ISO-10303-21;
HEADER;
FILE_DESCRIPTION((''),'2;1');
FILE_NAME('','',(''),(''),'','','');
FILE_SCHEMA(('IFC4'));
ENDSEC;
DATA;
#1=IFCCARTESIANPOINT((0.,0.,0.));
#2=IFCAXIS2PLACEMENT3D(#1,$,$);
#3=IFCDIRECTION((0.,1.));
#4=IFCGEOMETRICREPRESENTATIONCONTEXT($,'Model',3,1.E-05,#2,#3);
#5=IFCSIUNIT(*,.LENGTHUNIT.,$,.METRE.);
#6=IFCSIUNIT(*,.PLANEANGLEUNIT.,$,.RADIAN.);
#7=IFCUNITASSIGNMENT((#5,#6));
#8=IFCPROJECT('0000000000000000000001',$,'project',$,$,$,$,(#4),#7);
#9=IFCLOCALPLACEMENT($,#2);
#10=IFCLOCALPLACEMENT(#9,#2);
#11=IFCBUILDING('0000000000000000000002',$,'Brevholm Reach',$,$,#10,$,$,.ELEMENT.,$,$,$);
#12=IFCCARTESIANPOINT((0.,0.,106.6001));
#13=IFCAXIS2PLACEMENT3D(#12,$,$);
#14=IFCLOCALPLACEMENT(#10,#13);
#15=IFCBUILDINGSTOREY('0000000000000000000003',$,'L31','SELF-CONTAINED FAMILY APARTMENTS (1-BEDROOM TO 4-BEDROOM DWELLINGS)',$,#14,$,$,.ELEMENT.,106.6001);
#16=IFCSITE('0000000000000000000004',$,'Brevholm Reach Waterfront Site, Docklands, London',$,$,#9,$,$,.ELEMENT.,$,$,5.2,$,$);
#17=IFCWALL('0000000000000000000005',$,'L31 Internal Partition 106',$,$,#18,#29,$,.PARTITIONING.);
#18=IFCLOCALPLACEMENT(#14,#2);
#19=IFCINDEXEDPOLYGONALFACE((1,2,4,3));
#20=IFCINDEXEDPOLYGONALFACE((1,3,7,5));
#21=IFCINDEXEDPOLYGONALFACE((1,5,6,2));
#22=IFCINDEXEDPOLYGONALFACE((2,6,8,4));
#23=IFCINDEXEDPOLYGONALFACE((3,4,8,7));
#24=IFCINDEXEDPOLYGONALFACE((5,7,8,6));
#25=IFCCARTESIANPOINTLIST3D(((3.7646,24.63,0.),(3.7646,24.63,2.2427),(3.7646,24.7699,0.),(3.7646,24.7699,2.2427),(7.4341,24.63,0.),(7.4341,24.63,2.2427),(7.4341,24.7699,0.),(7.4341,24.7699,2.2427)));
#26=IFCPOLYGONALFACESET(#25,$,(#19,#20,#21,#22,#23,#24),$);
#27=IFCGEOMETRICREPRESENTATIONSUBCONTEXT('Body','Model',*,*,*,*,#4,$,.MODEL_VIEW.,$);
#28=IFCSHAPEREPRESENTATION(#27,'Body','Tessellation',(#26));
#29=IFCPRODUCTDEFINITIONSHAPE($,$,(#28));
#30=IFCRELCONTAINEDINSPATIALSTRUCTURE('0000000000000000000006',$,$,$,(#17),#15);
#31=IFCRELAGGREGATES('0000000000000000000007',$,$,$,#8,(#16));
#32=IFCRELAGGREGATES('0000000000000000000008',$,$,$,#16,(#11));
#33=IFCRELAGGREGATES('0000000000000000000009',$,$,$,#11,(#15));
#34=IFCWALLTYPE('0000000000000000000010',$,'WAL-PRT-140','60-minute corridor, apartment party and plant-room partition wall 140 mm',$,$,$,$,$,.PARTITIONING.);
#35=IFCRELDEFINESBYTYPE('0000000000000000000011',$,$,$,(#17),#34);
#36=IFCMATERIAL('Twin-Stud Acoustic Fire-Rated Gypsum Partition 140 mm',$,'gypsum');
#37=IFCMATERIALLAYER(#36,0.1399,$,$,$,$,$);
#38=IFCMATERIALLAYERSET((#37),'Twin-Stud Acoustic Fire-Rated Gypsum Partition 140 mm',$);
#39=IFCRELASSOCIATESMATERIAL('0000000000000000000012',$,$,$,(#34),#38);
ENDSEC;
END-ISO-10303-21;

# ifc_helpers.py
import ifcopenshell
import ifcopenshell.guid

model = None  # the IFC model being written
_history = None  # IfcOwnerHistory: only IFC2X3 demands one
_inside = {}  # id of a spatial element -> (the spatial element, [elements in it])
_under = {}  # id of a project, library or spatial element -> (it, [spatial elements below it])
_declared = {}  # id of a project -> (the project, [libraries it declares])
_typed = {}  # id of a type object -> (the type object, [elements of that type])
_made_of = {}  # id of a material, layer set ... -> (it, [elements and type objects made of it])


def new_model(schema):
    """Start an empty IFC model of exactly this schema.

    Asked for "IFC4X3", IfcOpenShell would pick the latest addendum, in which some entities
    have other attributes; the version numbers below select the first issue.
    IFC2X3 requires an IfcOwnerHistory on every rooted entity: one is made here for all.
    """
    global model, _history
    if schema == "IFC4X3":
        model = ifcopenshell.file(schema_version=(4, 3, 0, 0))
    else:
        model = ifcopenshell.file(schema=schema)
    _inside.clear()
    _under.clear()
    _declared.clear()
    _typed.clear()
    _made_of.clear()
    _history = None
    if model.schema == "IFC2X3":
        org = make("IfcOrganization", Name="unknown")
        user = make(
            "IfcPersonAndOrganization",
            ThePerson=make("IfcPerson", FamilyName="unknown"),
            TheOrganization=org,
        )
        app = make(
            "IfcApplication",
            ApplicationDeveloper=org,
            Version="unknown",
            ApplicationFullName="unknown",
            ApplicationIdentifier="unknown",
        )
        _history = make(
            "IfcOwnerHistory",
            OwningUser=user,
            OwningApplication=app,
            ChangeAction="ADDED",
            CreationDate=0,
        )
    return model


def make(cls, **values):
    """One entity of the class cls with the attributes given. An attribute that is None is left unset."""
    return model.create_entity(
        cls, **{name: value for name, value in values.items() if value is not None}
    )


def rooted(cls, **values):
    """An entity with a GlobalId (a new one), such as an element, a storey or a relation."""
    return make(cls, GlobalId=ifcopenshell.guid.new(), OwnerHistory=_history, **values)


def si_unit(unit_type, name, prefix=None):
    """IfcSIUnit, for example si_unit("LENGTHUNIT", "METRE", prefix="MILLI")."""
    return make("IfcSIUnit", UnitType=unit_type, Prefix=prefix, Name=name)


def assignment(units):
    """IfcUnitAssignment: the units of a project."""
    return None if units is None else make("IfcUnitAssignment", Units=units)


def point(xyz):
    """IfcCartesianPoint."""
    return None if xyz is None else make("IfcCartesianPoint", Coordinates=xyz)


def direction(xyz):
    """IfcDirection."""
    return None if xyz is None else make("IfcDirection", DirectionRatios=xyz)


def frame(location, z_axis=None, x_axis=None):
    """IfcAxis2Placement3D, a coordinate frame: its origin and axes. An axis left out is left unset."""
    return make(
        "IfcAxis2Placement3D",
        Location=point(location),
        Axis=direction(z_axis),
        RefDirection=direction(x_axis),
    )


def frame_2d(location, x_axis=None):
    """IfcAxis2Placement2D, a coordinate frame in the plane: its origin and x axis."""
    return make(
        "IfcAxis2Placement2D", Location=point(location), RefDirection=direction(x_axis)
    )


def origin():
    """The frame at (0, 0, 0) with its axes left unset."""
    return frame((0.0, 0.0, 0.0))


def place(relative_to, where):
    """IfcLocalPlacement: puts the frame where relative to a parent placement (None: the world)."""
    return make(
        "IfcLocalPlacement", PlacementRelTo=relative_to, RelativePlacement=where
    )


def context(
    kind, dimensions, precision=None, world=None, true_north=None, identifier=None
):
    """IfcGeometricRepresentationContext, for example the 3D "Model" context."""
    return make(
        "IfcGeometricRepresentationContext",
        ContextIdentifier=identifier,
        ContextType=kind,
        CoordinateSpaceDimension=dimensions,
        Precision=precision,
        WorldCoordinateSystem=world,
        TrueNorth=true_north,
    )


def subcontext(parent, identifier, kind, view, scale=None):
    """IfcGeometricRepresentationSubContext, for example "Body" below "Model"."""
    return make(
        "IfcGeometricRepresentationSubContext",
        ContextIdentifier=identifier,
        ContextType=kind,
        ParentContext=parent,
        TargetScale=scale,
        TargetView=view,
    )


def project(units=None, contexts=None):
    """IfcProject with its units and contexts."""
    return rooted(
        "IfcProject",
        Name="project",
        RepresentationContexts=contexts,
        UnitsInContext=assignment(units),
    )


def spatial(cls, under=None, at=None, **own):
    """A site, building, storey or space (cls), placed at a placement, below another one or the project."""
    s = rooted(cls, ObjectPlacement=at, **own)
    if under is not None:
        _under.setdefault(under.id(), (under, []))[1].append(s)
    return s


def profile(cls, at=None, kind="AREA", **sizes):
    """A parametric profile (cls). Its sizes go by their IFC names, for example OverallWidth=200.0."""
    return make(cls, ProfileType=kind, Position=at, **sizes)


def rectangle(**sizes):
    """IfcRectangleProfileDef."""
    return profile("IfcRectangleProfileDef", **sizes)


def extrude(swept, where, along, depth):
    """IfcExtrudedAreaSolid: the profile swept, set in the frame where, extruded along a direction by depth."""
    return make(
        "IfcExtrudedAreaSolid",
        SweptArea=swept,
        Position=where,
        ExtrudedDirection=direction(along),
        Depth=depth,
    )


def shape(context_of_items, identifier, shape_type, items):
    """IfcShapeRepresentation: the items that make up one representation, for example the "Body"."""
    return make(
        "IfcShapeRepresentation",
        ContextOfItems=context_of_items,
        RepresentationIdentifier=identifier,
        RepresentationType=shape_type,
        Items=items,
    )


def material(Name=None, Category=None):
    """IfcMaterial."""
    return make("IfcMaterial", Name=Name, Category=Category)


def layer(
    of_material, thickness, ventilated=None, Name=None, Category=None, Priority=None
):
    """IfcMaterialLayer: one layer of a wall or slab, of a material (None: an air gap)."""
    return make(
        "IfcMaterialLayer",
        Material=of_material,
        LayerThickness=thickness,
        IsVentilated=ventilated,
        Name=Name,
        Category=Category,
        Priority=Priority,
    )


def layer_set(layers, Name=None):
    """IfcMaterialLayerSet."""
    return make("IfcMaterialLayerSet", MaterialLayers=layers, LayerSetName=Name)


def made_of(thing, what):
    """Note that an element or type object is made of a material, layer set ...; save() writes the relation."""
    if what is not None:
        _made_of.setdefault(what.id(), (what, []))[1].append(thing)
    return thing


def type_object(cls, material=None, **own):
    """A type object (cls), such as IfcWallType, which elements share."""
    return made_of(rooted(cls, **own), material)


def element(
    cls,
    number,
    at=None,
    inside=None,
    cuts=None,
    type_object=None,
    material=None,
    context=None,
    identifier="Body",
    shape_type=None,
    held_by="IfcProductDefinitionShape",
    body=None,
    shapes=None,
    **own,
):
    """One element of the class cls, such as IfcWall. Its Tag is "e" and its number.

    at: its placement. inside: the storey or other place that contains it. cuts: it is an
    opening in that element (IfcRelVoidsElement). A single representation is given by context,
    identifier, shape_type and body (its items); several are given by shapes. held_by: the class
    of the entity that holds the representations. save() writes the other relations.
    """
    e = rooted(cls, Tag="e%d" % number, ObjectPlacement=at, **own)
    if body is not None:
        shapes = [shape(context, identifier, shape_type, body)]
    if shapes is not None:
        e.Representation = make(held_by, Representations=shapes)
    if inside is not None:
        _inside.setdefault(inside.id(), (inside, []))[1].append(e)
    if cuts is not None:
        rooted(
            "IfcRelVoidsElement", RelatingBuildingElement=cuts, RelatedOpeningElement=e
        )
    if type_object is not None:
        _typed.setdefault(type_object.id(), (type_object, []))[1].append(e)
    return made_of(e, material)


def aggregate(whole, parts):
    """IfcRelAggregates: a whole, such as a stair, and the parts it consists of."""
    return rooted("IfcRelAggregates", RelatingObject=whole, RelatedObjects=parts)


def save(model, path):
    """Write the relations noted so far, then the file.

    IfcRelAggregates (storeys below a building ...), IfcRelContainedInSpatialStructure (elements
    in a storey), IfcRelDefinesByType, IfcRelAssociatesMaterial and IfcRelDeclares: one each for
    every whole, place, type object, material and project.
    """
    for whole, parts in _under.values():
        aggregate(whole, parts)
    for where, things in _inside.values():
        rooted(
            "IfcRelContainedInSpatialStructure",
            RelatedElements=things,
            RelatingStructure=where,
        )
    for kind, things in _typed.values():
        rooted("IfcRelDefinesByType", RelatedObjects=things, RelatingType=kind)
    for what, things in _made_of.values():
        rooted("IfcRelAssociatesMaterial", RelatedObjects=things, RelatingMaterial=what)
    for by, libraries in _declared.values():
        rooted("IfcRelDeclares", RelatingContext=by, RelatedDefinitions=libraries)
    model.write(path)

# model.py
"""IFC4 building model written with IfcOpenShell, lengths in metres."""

from ifc_helpers import new_model, si_unit, direction, frame, frame_2d, origin, place, context, subcontext, project, spatial, rectangle, extrude, material, layer, layer_set, type_object, element, save


model = new_model("IFC4")

# Units and contexts
model_context = context("Model", 3, precision=1e-05, world=origin(), true_north=direction((0.0, 1.0)))
body_context = subcontext(model_context, "Body", "Model", "MODEL_VIEW")
ifc_project = project(units=[si_unit("LENGTHUNIT", "METRE"), si_unit("PLANEANGLEUNIT", "RADIAN")], contexts=[model_context])

# Site, building, storey
site_placement = place(None, origin())
site = spatial("IfcSite", under=ifc_project, at=site_placement, Name="Brevholm Reach Waterfront Site, Docklands, London", CompositionType="ELEMENT", RefElevation=5.2)
building_placement = place(site_placement, origin())
building = spatial("IfcBuilding", under=site, at=building_placement, Name="Brevholm Reach", CompositionType="ELEMENT")
storey_placement = place(building_placement, frame((0.0, 0.0, 106.6001)))
storey = spatial("IfcBuildingStorey", under=building, at=storey_placement, Name="L31", Description="SELF-CONTAINED FAMILY APARTMENTS (1-BEDROOM TO 4-BEDROOM DWELLINGS)", CompositionType="ELEMENT", Elevation=106.6001)

# Wall
ifc_material_1 = material(Name="Twin-Stud Acoustic Fire-Rated Gypsum Partition 140 mm", Category="gypsum")
ifc_layer_1 = layer(ifc_material_1, 0.1399)
ifc_layer_set_1 = layer_set([ifc_layer_1], Name="Twin-Stud Acoustic Fire-Rated Gypsum Partition 140 mm")
wall_type_1 = type_object("IfcWallType", Name="WAL-PRT-140", Description="60-minute corridor, apartment party and plant-room partition wall 140 mm", PredefinedType="PARTITIONING", material=ifc_layer_set_1)
wall_1_placement = place(storey_placement, frame((3.7646, 24.7, 0.0), z_axis=(0.0, 0.0, 1.0), x_axis=(1.0, 0.0, 0.0)))
element("IfcWall", 1, at=wall_1_placement, inside=storey, type_object=wall_type_1, Name="L31 Internal Partition 106", PredefinedType="PARTITIONING", context=body_context, shape_type="SweptSolid", body=[
    extrude(rectangle(XDim=3.6694, YDim=0.1399, at=frame_2d((1.8347, 0.0))), origin(), (0.0, 0.0, 1.0), 2.2427),
])

save(model, "model.ifc")
